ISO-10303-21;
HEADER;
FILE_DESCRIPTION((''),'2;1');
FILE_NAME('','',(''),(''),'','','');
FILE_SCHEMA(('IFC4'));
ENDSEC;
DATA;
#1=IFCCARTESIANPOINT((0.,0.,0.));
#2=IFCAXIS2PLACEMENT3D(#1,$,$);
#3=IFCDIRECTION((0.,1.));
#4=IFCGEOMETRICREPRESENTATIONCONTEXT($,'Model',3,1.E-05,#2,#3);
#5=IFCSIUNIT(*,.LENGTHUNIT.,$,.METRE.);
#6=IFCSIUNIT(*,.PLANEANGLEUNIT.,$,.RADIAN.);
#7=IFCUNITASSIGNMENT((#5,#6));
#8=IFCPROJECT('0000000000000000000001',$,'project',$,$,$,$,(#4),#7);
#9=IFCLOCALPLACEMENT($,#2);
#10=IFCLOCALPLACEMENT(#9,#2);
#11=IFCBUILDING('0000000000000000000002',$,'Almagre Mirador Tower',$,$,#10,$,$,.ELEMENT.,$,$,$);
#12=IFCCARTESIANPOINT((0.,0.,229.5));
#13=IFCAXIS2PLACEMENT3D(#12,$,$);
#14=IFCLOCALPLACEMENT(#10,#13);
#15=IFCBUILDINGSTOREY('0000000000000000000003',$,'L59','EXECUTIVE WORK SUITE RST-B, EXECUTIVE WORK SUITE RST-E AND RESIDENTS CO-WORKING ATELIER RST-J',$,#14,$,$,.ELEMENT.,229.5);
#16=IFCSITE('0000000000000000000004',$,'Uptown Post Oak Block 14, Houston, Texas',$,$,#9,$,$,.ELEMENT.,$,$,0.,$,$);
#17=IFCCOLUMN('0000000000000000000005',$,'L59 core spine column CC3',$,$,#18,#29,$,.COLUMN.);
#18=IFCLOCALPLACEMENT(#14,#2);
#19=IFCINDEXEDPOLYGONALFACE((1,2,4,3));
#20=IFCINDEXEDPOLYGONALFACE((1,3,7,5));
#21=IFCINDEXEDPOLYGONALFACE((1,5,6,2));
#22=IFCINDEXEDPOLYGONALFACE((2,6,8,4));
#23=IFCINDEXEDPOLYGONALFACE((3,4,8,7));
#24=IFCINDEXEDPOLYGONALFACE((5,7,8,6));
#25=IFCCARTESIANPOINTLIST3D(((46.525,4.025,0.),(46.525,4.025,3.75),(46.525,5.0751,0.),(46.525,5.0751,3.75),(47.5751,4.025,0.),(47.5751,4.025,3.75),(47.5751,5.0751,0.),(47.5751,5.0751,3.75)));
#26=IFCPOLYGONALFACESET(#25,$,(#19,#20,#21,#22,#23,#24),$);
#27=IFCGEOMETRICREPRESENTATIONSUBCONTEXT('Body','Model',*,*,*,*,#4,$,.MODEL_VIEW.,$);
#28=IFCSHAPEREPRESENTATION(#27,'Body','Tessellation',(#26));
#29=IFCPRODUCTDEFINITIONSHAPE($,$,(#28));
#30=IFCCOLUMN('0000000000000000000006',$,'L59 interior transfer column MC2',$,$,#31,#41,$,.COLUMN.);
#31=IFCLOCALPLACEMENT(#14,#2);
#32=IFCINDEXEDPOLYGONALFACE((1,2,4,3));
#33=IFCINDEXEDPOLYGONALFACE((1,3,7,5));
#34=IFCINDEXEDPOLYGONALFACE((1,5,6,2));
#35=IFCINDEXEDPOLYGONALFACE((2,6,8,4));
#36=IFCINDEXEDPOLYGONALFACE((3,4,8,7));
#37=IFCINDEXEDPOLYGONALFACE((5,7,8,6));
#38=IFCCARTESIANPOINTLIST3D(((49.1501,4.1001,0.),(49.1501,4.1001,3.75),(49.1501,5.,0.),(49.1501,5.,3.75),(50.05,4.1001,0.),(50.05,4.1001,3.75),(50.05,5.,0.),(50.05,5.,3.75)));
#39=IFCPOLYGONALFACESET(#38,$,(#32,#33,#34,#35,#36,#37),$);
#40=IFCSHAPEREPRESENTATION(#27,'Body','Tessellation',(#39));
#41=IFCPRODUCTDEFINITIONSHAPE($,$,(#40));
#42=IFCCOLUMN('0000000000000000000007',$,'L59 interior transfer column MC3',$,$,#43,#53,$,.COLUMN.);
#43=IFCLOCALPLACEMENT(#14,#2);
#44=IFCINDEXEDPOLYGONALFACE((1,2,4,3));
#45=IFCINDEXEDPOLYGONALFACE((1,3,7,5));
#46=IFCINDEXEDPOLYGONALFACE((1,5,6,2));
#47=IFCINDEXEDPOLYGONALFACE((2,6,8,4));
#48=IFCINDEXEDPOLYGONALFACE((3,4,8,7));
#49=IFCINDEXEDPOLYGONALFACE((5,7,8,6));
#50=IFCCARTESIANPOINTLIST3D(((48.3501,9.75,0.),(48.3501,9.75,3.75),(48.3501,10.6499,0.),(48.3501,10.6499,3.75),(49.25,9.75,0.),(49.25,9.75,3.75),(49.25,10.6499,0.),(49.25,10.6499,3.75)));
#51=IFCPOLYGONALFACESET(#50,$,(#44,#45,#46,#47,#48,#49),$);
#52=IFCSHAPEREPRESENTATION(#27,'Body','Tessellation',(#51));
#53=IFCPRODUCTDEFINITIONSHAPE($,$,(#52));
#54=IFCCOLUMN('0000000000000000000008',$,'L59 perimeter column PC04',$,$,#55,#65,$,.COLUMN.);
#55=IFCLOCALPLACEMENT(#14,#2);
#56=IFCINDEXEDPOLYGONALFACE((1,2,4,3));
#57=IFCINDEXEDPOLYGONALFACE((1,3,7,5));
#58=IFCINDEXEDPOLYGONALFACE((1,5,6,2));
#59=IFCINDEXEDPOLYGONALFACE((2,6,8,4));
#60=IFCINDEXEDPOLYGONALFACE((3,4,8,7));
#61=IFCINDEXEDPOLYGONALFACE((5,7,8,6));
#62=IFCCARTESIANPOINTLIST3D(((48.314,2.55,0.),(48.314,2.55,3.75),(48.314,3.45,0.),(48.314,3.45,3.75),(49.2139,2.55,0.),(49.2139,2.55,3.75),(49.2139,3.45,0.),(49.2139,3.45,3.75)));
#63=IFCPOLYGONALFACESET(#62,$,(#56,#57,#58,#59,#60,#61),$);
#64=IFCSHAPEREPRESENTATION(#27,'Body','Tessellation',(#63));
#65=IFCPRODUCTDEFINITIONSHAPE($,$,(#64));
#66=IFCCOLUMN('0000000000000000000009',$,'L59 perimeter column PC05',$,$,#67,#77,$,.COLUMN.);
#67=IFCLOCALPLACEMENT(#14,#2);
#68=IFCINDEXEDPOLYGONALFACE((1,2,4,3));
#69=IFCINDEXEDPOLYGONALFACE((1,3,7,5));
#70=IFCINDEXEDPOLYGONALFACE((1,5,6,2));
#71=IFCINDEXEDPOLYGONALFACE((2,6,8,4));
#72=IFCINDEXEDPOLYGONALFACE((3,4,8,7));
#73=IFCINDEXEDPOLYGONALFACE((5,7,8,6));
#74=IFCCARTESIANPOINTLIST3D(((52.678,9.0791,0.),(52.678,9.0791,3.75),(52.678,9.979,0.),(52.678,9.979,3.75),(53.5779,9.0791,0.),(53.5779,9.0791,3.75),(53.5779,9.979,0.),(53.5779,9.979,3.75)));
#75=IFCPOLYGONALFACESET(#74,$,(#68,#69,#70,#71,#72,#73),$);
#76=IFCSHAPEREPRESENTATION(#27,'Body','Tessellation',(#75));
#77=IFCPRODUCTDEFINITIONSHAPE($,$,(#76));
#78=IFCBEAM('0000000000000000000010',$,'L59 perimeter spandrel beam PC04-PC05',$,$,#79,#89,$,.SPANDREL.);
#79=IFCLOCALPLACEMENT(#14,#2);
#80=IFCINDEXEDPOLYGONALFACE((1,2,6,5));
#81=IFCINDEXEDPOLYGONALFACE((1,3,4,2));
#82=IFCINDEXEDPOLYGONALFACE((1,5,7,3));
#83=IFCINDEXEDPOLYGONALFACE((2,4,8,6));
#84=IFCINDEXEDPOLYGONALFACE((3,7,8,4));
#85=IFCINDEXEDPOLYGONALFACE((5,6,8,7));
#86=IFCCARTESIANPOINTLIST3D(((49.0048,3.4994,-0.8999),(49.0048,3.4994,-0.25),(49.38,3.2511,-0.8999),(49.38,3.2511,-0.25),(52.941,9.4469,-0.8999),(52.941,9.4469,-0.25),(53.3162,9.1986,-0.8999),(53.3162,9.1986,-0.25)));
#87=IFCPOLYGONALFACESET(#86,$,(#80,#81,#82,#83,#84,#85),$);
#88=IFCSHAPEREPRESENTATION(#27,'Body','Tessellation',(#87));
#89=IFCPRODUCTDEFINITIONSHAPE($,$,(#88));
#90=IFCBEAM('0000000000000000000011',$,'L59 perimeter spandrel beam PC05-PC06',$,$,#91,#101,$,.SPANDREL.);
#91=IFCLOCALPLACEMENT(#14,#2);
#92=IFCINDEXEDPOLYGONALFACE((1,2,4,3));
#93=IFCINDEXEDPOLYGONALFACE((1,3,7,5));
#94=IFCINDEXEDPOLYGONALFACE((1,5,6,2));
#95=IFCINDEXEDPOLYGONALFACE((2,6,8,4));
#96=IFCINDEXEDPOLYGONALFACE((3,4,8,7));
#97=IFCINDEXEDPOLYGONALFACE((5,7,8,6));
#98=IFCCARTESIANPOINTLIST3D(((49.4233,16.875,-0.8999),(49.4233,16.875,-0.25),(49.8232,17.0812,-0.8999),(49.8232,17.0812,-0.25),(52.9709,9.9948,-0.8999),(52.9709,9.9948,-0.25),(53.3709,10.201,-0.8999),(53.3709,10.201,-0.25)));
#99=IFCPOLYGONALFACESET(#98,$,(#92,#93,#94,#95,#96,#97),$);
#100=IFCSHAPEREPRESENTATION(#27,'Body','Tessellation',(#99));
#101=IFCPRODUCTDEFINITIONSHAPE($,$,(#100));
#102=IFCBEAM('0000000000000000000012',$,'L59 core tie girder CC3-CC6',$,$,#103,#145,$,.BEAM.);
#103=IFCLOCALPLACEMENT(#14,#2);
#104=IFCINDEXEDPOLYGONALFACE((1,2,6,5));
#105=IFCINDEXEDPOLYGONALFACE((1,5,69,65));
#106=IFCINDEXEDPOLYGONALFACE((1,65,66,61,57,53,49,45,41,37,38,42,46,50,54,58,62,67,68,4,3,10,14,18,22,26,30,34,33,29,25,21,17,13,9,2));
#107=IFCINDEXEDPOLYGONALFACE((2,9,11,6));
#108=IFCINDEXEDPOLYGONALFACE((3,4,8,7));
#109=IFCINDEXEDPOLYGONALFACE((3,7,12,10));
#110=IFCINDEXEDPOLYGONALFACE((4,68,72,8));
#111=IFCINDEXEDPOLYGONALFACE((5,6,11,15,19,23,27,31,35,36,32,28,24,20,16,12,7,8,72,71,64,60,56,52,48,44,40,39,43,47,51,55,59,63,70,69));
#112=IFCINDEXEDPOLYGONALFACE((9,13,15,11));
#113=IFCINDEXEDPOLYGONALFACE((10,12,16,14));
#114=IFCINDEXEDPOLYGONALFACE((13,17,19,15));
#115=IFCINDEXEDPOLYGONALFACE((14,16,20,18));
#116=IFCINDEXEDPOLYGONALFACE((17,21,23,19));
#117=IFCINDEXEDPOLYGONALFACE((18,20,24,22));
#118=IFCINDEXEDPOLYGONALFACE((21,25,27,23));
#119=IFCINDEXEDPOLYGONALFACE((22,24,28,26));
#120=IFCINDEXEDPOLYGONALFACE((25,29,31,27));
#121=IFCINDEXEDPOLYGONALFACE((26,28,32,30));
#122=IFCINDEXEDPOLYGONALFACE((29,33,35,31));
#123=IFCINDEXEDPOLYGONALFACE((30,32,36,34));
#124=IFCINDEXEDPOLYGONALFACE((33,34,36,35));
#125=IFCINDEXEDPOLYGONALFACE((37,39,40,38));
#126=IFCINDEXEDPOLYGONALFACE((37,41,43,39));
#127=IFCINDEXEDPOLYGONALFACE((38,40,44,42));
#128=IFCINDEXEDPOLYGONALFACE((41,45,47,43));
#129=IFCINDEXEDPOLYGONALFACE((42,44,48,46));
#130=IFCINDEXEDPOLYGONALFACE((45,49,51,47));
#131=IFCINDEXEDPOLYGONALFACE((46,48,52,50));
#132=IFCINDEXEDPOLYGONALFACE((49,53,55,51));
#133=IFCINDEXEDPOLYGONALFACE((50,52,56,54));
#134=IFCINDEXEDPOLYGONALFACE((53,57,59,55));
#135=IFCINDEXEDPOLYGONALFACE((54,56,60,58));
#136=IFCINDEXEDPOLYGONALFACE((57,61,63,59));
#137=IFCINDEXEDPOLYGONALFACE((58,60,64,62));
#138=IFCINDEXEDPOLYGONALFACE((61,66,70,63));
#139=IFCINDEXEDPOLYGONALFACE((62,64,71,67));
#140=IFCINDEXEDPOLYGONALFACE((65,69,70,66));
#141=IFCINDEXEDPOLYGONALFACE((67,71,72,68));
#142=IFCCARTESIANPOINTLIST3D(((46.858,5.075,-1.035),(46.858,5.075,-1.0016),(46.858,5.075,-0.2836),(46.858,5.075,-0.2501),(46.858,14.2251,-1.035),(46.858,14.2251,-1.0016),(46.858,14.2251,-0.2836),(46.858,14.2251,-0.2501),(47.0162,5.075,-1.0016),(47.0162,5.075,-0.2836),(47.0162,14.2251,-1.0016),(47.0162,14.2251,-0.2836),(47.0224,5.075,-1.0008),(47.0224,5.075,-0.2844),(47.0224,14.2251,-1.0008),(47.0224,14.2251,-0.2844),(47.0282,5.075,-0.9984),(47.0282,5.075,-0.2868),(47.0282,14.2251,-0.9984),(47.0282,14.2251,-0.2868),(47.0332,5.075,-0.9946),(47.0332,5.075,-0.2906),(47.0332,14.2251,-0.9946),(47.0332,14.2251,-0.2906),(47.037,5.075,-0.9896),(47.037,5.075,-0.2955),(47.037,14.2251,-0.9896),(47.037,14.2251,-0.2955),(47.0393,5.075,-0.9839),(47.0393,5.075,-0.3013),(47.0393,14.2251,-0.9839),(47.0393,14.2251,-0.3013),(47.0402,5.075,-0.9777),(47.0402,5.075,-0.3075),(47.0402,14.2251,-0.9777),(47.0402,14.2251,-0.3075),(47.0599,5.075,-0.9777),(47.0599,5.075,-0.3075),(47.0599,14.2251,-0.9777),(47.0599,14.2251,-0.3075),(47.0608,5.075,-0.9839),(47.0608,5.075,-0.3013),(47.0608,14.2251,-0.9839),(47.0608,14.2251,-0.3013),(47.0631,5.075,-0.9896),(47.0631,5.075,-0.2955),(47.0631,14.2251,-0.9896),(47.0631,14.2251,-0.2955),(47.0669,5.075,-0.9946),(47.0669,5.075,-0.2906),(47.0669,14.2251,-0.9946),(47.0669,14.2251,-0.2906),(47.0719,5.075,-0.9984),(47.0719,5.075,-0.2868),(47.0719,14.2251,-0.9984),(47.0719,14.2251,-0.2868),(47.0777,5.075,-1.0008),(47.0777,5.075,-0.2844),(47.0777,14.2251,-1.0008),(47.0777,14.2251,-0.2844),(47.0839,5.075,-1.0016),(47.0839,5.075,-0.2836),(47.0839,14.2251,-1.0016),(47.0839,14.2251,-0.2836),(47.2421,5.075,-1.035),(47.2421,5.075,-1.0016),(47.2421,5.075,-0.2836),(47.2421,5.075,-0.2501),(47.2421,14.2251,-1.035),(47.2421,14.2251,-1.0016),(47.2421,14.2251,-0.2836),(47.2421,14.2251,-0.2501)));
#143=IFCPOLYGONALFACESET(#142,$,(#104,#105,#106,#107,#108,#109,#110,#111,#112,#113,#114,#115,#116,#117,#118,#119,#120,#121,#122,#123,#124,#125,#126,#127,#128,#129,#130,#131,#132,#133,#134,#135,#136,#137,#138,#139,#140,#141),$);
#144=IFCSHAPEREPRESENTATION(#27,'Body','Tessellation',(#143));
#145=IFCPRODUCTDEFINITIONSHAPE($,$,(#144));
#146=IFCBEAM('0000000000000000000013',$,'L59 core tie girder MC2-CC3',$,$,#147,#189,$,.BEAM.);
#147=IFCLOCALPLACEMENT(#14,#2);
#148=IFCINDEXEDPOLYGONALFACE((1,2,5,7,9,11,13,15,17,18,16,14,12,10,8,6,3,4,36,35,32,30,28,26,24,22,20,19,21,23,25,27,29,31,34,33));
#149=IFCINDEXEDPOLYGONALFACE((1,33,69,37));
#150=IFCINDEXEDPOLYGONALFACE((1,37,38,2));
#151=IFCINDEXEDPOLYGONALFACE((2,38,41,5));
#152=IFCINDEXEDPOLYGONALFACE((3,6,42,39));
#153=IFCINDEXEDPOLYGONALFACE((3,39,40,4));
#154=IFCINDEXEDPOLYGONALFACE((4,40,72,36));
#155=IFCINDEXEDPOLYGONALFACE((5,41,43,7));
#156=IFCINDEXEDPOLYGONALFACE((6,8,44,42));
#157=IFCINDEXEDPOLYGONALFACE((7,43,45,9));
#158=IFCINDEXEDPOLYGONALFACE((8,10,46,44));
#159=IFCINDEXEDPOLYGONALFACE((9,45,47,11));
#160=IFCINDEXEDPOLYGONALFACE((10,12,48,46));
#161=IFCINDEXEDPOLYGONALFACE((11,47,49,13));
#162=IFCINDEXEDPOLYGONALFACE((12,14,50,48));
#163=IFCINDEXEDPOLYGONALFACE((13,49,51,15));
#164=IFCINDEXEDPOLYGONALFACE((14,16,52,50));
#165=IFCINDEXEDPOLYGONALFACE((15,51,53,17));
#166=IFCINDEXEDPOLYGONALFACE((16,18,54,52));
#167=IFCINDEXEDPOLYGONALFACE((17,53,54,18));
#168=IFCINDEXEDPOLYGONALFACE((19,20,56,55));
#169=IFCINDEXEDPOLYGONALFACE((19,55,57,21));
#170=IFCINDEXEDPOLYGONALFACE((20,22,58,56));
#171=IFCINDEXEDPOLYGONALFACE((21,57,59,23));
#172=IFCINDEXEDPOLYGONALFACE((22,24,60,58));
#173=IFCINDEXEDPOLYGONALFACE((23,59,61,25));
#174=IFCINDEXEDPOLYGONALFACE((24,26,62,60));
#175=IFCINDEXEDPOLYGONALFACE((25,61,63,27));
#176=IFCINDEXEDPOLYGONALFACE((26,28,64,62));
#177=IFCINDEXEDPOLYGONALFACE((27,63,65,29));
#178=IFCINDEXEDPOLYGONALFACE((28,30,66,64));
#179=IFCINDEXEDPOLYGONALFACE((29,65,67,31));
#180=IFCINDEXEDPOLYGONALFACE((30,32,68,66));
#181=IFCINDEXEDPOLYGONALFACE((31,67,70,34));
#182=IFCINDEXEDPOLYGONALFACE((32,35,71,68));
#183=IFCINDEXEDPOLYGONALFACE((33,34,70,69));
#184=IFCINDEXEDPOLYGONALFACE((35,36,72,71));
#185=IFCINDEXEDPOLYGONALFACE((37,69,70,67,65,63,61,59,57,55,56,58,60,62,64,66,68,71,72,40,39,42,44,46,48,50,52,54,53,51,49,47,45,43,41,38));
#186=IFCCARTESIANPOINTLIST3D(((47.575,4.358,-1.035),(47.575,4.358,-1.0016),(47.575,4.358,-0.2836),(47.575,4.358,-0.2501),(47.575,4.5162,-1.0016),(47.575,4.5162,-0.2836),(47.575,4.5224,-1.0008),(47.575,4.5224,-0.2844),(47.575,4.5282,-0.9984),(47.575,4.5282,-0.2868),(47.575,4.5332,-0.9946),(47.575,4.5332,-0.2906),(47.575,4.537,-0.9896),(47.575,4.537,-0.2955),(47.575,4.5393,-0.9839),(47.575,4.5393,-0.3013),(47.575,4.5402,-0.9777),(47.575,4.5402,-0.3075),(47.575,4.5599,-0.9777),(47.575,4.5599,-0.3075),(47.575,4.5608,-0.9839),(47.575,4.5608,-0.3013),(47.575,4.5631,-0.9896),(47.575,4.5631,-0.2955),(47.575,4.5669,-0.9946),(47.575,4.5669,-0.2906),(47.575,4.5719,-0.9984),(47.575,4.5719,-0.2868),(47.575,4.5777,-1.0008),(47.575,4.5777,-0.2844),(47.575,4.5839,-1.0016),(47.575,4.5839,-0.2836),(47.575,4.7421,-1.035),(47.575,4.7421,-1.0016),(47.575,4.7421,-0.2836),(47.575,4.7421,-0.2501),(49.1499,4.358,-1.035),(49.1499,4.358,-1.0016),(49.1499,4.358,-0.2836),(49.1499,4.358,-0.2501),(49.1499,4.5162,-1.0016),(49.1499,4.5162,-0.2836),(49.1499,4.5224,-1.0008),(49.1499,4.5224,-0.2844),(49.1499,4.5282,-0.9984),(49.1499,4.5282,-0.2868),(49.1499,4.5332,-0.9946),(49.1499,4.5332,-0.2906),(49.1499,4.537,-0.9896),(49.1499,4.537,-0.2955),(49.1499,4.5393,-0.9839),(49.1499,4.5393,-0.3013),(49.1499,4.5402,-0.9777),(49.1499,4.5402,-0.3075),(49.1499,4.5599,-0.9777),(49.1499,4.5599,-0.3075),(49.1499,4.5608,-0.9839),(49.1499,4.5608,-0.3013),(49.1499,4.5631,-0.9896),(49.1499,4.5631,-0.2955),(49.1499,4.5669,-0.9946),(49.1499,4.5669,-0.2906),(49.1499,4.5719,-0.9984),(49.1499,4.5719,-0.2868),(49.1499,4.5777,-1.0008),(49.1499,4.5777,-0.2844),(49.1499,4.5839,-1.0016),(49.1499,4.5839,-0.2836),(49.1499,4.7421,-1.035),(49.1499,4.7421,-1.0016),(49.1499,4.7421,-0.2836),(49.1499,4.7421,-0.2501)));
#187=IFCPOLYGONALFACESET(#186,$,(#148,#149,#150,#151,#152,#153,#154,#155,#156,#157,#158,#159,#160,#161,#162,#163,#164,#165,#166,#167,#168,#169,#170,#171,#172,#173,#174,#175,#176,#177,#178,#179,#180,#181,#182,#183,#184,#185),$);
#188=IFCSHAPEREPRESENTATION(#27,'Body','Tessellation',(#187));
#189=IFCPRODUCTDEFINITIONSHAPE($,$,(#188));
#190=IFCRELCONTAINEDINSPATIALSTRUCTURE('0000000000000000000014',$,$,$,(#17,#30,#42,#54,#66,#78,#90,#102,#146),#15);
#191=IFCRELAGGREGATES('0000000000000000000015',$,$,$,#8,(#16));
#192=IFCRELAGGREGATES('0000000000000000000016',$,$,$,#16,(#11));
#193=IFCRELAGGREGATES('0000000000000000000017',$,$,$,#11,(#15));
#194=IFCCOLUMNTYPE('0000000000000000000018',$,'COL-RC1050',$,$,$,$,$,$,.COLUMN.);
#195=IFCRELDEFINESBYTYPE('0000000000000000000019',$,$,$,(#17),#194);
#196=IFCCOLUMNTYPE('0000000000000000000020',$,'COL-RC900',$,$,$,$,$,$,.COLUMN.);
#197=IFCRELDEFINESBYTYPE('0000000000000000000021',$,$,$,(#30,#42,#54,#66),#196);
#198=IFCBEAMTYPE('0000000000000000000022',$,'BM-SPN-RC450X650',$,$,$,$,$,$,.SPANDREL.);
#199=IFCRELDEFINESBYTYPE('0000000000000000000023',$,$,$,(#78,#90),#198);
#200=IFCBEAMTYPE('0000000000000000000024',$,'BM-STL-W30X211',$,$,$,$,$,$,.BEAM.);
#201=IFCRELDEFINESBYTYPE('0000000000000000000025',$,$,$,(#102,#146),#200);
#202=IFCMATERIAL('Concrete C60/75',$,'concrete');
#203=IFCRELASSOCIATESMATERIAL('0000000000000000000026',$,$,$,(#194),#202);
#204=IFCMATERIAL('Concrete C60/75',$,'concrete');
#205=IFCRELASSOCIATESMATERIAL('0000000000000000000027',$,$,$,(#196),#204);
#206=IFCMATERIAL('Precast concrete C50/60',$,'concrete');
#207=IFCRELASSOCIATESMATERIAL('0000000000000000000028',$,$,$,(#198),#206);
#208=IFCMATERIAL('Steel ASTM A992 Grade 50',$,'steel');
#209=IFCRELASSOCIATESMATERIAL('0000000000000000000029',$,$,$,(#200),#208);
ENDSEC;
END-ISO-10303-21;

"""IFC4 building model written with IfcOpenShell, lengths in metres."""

from ifc_helpers import new_model, si_unit, direction, frame, origin, origin_2d, place, context, subcontext, project, spatial, rectangle, i_section, extrude, material, material_profile, profile_set, type_object, element, save


model = new_model("IFC4")

# Units and contexts
model_context = context("Model", 3, precision=1e-05, world=origin(), true_north=direction((0.0, 1.0)))
body_context = subcontext(model_context, "Body", "Model", "MODEL_VIEW")
ifc_project = project(units=[si_unit("LENGTHUNIT", "METRE"), si_unit("PLANEANGLEUNIT", "RADIAN")], contexts=[model_context])

# Site, building, storey
site_placement = place(None, origin())
site = spatial("IfcSite", under=ifc_project, at=site_placement, Name="Uptown Post Oak Block 14, Houston, Texas", CompositionType="ELEMENT", RefElevation=0.0)
building_placement = place(site_placement, origin())
building = spatial("IfcBuilding", under=site, at=building_placement, Name="Almagre Mirador Tower", CompositionType="ELEMENT")
storey_placement = place(building_placement, frame((0.0, 0.0, 229.5)))
storey = spatial("IfcBuildingStorey", under=building, at=storey_placement, Name="L59", Description="EXECUTIVE WORK SUITE RST-B, EXECUTIVE WORK SUITE RST-E AND RESIDENTS CO-WORKING ATELIER RST-J", CompositionType="ELEMENT", Elevation=229.5)

# Columns
ifc_material_1 = material(Name="Concrete C60/75", Category="concrete")
ifc_material_profile_1 = material_profile(ifc_material_1, rectangle(XDim=1.05, YDim=1.05, at=origin_2d()), Name="RC1050X1050")
ifc_profile_set_1 = profile_set([ifc_material_profile_1], Name="Concrete C60/75")
column_type_1 = type_object("IfcColumnType", Name="COL-RC1050", PredefinedType="COLUMN", material=ifc_profile_set_1)
column_placement = place(storey_placement, frame((47.05, 4.55, 0.0), z_axis=(0.0, 0.0, 1.0), x_axis=(1.0, 0.0, 0.0)))
element("IfcColumn", 1, at=column_placement, inside=storey, type_object=column_type_1, Name="L59 core spine column CC3", PredefinedType="COLUMN", context=body_context, shape_type="SweptSolid", body=[
    extrude(rectangle(XDim=1.05, YDim=1.05, at=origin_2d()), origin(), (0.0, 0.0, 1.0), 3.75),
])
ifc_material_2 = material(Name="Concrete C60/75", Category="concrete")
ifc_material_profile_2 = material_profile(ifc_material_2, rectangle(XDim=0.8999, YDim=0.8999, at=origin_2d()), Name="RC900X900")
ifc_profile_set_2 = profile_set([ifc_material_profile_2], Name="Concrete C60/75")
column_type_2 = type_object("IfcColumnType", Name="COL-RC900", PredefinedType="COLUMN", material=ifc_profile_set_2)
for number, where, z_axis, x_axis, name in (
    (2, (49.6001, 4.55, 0.0), (0.0, 0.0, 1.0), (1.0, 0.0, 0.0), "L59 interior transfer column MC2"),
    (3, (48.8, 10.2, 0.0), (0.0, 0.0, 1.0), (1.0, 0.0, 0.0), "L59 interior transfer column MC3"),
    (4, (48.7639, 3.0, 0.0), (0.0, 0.0, 1.0), (1.0, 0.0, 0.0), "L59 perimeter column PC04"),
    (5, (53.1279, 9.5291, 0.0), (0.0, 0.0, 1.0), (1.0, 0.0, 0.0), "L59 perimeter column PC05"),
):
    element("IfcColumn", number, at=place(storey_placement, frame(where, z_axis=z_axis, x_axis=x_axis)), inside=storey, type_object=column_type_2, Name=name, PredefinedType="COLUMN", context=body_context, shape_type="SweptSolid", body=[
        extrude(rectangle(XDim=0.8999, YDim=0.8999, at=origin_2d()), origin(), (0.0, 0.0, 1.0), 3.75),
    ])

# Beams
ifc_material_3 = material(Name="Precast concrete C50/60", Category="concrete")
ifc_material_profile_3 = material_profile(ifc_material_3, rectangle(XDim=0.45, YDim=0.6499, at=origin_2d()), Name="RC450X650")
ifc_profile_set_3 = profile_set([ifc_material_profile_3], Name="Precast concrete C50/60")
beam_type_1 = type_object("IfcBeamType", Name="BM-SPN-RC450X650", PredefinedType="SPANDREL", material=ifc_profile_set_3)
beam_1_placement = place(storey_placement, frame((49.1924, 3.3752, -0.575), z_axis=(0.551909, 0.833905, 0.0), x_axis=(-0.833905, 0.551909, 0.0)))
element("IfcBeam", 6, at=beam_1_placement, inside=storey, type_object=beam_type_1, Name="L59 perimeter spandrel beam PC04-PC05", PredefinedType="SPANDREL", context=body_context, shape_type="SweptSolid", body=[
    extrude(rectangle(XDim=0.45, YDim=0.6499, at=origin_2d()), origin(), (0.0, 0.0, 1.0), 7.1321),
])
beam_2_placement = place(storey_placement, frame((53.1709, 10.0979, -0.575), z_axis=(-0.458293, 0.888801, 0.0), x_axis=(-0.888801, -0.458293, 0.0)))
element("IfcBeam", 7, at=beam_2_placement, inside=storey, type_object=beam_type_1, Name="L59 perimeter spandrel beam PC05-PC06", PredefinedType="SPANDREL", context=body_context, shape_type="SweptSolid", body=[
    extrude(rectangle(XDim=0.45, YDim=0.6499, at=origin_2d()), origin(), (0.0, 0.0, 1.0), 7.741),
])
ifc_material_4 = material(Name="Steel ASTM A992 Grade 50", Category="steel")
ifc_material_profile_4 = material_profile(ifc_material_4, i_section(OverallWidth=0.384, OverallDepth=0.7849, WebThickness=0.0198, FlangeThickness=0.0334, FilletRadius=0.0239, at=origin_2d()), Name="W30X211")
ifc_profile_set_4 = profile_set([ifc_material_profile_4], Name="Steel ASTM A992 Grade 50")
beam_type_2 = type_object("IfcBeamType", Name="BM-STL-W30X211", PredefinedType="BEAM", material=ifc_profile_set_4)
beam_3_placement = place(storey_placement, frame((47.05, 5.075, -0.6426), z_axis=(0.0, 1.0, 0.0), x_axis=(-1.0, 0.0, 0.0)))
element("IfcBeam", 8, at=beam_3_placement, inside=storey, type_object=beam_type_2, Name="L59 core tie girder CC3-CC6", PredefinedType="BEAM", context=body_context, shape_type="SweptSolid", body=[
    extrude(i_section(OverallWidth=0.384, OverallDepth=0.7849, WebThickness=0.0198, FlangeThickness=0.0334, FilletRadius=0.0239, at=origin_2d()), origin(), (0.0, 0.0, 1.0), 9.1501),
])
beam_4_placement = place(storey_placement, frame((49.1499, 4.55, -0.6426), z_axis=(-1.0, 0.0, 0.0), x_axis=(0.0, -1.0, 0.0)))
element("IfcBeam", 9, at=beam_4_placement, inside=storey, type_object=beam_type_2, Name="L59 core tie girder MC2-CC3", PredefinedType="BEAM", context=body_context, shape_type="SweptSolid", body=[
    extrude(i_section(OverallWidth=0.384, OverallDepth=0.7849, WebThickness=0.0198, FlangeThickness=0.0334, FilletRadius=0.0239, at=origin_2d()), origin(), (0.0, 0.0, 1.0), 1.575),
])

save(model, "model.ifc")
